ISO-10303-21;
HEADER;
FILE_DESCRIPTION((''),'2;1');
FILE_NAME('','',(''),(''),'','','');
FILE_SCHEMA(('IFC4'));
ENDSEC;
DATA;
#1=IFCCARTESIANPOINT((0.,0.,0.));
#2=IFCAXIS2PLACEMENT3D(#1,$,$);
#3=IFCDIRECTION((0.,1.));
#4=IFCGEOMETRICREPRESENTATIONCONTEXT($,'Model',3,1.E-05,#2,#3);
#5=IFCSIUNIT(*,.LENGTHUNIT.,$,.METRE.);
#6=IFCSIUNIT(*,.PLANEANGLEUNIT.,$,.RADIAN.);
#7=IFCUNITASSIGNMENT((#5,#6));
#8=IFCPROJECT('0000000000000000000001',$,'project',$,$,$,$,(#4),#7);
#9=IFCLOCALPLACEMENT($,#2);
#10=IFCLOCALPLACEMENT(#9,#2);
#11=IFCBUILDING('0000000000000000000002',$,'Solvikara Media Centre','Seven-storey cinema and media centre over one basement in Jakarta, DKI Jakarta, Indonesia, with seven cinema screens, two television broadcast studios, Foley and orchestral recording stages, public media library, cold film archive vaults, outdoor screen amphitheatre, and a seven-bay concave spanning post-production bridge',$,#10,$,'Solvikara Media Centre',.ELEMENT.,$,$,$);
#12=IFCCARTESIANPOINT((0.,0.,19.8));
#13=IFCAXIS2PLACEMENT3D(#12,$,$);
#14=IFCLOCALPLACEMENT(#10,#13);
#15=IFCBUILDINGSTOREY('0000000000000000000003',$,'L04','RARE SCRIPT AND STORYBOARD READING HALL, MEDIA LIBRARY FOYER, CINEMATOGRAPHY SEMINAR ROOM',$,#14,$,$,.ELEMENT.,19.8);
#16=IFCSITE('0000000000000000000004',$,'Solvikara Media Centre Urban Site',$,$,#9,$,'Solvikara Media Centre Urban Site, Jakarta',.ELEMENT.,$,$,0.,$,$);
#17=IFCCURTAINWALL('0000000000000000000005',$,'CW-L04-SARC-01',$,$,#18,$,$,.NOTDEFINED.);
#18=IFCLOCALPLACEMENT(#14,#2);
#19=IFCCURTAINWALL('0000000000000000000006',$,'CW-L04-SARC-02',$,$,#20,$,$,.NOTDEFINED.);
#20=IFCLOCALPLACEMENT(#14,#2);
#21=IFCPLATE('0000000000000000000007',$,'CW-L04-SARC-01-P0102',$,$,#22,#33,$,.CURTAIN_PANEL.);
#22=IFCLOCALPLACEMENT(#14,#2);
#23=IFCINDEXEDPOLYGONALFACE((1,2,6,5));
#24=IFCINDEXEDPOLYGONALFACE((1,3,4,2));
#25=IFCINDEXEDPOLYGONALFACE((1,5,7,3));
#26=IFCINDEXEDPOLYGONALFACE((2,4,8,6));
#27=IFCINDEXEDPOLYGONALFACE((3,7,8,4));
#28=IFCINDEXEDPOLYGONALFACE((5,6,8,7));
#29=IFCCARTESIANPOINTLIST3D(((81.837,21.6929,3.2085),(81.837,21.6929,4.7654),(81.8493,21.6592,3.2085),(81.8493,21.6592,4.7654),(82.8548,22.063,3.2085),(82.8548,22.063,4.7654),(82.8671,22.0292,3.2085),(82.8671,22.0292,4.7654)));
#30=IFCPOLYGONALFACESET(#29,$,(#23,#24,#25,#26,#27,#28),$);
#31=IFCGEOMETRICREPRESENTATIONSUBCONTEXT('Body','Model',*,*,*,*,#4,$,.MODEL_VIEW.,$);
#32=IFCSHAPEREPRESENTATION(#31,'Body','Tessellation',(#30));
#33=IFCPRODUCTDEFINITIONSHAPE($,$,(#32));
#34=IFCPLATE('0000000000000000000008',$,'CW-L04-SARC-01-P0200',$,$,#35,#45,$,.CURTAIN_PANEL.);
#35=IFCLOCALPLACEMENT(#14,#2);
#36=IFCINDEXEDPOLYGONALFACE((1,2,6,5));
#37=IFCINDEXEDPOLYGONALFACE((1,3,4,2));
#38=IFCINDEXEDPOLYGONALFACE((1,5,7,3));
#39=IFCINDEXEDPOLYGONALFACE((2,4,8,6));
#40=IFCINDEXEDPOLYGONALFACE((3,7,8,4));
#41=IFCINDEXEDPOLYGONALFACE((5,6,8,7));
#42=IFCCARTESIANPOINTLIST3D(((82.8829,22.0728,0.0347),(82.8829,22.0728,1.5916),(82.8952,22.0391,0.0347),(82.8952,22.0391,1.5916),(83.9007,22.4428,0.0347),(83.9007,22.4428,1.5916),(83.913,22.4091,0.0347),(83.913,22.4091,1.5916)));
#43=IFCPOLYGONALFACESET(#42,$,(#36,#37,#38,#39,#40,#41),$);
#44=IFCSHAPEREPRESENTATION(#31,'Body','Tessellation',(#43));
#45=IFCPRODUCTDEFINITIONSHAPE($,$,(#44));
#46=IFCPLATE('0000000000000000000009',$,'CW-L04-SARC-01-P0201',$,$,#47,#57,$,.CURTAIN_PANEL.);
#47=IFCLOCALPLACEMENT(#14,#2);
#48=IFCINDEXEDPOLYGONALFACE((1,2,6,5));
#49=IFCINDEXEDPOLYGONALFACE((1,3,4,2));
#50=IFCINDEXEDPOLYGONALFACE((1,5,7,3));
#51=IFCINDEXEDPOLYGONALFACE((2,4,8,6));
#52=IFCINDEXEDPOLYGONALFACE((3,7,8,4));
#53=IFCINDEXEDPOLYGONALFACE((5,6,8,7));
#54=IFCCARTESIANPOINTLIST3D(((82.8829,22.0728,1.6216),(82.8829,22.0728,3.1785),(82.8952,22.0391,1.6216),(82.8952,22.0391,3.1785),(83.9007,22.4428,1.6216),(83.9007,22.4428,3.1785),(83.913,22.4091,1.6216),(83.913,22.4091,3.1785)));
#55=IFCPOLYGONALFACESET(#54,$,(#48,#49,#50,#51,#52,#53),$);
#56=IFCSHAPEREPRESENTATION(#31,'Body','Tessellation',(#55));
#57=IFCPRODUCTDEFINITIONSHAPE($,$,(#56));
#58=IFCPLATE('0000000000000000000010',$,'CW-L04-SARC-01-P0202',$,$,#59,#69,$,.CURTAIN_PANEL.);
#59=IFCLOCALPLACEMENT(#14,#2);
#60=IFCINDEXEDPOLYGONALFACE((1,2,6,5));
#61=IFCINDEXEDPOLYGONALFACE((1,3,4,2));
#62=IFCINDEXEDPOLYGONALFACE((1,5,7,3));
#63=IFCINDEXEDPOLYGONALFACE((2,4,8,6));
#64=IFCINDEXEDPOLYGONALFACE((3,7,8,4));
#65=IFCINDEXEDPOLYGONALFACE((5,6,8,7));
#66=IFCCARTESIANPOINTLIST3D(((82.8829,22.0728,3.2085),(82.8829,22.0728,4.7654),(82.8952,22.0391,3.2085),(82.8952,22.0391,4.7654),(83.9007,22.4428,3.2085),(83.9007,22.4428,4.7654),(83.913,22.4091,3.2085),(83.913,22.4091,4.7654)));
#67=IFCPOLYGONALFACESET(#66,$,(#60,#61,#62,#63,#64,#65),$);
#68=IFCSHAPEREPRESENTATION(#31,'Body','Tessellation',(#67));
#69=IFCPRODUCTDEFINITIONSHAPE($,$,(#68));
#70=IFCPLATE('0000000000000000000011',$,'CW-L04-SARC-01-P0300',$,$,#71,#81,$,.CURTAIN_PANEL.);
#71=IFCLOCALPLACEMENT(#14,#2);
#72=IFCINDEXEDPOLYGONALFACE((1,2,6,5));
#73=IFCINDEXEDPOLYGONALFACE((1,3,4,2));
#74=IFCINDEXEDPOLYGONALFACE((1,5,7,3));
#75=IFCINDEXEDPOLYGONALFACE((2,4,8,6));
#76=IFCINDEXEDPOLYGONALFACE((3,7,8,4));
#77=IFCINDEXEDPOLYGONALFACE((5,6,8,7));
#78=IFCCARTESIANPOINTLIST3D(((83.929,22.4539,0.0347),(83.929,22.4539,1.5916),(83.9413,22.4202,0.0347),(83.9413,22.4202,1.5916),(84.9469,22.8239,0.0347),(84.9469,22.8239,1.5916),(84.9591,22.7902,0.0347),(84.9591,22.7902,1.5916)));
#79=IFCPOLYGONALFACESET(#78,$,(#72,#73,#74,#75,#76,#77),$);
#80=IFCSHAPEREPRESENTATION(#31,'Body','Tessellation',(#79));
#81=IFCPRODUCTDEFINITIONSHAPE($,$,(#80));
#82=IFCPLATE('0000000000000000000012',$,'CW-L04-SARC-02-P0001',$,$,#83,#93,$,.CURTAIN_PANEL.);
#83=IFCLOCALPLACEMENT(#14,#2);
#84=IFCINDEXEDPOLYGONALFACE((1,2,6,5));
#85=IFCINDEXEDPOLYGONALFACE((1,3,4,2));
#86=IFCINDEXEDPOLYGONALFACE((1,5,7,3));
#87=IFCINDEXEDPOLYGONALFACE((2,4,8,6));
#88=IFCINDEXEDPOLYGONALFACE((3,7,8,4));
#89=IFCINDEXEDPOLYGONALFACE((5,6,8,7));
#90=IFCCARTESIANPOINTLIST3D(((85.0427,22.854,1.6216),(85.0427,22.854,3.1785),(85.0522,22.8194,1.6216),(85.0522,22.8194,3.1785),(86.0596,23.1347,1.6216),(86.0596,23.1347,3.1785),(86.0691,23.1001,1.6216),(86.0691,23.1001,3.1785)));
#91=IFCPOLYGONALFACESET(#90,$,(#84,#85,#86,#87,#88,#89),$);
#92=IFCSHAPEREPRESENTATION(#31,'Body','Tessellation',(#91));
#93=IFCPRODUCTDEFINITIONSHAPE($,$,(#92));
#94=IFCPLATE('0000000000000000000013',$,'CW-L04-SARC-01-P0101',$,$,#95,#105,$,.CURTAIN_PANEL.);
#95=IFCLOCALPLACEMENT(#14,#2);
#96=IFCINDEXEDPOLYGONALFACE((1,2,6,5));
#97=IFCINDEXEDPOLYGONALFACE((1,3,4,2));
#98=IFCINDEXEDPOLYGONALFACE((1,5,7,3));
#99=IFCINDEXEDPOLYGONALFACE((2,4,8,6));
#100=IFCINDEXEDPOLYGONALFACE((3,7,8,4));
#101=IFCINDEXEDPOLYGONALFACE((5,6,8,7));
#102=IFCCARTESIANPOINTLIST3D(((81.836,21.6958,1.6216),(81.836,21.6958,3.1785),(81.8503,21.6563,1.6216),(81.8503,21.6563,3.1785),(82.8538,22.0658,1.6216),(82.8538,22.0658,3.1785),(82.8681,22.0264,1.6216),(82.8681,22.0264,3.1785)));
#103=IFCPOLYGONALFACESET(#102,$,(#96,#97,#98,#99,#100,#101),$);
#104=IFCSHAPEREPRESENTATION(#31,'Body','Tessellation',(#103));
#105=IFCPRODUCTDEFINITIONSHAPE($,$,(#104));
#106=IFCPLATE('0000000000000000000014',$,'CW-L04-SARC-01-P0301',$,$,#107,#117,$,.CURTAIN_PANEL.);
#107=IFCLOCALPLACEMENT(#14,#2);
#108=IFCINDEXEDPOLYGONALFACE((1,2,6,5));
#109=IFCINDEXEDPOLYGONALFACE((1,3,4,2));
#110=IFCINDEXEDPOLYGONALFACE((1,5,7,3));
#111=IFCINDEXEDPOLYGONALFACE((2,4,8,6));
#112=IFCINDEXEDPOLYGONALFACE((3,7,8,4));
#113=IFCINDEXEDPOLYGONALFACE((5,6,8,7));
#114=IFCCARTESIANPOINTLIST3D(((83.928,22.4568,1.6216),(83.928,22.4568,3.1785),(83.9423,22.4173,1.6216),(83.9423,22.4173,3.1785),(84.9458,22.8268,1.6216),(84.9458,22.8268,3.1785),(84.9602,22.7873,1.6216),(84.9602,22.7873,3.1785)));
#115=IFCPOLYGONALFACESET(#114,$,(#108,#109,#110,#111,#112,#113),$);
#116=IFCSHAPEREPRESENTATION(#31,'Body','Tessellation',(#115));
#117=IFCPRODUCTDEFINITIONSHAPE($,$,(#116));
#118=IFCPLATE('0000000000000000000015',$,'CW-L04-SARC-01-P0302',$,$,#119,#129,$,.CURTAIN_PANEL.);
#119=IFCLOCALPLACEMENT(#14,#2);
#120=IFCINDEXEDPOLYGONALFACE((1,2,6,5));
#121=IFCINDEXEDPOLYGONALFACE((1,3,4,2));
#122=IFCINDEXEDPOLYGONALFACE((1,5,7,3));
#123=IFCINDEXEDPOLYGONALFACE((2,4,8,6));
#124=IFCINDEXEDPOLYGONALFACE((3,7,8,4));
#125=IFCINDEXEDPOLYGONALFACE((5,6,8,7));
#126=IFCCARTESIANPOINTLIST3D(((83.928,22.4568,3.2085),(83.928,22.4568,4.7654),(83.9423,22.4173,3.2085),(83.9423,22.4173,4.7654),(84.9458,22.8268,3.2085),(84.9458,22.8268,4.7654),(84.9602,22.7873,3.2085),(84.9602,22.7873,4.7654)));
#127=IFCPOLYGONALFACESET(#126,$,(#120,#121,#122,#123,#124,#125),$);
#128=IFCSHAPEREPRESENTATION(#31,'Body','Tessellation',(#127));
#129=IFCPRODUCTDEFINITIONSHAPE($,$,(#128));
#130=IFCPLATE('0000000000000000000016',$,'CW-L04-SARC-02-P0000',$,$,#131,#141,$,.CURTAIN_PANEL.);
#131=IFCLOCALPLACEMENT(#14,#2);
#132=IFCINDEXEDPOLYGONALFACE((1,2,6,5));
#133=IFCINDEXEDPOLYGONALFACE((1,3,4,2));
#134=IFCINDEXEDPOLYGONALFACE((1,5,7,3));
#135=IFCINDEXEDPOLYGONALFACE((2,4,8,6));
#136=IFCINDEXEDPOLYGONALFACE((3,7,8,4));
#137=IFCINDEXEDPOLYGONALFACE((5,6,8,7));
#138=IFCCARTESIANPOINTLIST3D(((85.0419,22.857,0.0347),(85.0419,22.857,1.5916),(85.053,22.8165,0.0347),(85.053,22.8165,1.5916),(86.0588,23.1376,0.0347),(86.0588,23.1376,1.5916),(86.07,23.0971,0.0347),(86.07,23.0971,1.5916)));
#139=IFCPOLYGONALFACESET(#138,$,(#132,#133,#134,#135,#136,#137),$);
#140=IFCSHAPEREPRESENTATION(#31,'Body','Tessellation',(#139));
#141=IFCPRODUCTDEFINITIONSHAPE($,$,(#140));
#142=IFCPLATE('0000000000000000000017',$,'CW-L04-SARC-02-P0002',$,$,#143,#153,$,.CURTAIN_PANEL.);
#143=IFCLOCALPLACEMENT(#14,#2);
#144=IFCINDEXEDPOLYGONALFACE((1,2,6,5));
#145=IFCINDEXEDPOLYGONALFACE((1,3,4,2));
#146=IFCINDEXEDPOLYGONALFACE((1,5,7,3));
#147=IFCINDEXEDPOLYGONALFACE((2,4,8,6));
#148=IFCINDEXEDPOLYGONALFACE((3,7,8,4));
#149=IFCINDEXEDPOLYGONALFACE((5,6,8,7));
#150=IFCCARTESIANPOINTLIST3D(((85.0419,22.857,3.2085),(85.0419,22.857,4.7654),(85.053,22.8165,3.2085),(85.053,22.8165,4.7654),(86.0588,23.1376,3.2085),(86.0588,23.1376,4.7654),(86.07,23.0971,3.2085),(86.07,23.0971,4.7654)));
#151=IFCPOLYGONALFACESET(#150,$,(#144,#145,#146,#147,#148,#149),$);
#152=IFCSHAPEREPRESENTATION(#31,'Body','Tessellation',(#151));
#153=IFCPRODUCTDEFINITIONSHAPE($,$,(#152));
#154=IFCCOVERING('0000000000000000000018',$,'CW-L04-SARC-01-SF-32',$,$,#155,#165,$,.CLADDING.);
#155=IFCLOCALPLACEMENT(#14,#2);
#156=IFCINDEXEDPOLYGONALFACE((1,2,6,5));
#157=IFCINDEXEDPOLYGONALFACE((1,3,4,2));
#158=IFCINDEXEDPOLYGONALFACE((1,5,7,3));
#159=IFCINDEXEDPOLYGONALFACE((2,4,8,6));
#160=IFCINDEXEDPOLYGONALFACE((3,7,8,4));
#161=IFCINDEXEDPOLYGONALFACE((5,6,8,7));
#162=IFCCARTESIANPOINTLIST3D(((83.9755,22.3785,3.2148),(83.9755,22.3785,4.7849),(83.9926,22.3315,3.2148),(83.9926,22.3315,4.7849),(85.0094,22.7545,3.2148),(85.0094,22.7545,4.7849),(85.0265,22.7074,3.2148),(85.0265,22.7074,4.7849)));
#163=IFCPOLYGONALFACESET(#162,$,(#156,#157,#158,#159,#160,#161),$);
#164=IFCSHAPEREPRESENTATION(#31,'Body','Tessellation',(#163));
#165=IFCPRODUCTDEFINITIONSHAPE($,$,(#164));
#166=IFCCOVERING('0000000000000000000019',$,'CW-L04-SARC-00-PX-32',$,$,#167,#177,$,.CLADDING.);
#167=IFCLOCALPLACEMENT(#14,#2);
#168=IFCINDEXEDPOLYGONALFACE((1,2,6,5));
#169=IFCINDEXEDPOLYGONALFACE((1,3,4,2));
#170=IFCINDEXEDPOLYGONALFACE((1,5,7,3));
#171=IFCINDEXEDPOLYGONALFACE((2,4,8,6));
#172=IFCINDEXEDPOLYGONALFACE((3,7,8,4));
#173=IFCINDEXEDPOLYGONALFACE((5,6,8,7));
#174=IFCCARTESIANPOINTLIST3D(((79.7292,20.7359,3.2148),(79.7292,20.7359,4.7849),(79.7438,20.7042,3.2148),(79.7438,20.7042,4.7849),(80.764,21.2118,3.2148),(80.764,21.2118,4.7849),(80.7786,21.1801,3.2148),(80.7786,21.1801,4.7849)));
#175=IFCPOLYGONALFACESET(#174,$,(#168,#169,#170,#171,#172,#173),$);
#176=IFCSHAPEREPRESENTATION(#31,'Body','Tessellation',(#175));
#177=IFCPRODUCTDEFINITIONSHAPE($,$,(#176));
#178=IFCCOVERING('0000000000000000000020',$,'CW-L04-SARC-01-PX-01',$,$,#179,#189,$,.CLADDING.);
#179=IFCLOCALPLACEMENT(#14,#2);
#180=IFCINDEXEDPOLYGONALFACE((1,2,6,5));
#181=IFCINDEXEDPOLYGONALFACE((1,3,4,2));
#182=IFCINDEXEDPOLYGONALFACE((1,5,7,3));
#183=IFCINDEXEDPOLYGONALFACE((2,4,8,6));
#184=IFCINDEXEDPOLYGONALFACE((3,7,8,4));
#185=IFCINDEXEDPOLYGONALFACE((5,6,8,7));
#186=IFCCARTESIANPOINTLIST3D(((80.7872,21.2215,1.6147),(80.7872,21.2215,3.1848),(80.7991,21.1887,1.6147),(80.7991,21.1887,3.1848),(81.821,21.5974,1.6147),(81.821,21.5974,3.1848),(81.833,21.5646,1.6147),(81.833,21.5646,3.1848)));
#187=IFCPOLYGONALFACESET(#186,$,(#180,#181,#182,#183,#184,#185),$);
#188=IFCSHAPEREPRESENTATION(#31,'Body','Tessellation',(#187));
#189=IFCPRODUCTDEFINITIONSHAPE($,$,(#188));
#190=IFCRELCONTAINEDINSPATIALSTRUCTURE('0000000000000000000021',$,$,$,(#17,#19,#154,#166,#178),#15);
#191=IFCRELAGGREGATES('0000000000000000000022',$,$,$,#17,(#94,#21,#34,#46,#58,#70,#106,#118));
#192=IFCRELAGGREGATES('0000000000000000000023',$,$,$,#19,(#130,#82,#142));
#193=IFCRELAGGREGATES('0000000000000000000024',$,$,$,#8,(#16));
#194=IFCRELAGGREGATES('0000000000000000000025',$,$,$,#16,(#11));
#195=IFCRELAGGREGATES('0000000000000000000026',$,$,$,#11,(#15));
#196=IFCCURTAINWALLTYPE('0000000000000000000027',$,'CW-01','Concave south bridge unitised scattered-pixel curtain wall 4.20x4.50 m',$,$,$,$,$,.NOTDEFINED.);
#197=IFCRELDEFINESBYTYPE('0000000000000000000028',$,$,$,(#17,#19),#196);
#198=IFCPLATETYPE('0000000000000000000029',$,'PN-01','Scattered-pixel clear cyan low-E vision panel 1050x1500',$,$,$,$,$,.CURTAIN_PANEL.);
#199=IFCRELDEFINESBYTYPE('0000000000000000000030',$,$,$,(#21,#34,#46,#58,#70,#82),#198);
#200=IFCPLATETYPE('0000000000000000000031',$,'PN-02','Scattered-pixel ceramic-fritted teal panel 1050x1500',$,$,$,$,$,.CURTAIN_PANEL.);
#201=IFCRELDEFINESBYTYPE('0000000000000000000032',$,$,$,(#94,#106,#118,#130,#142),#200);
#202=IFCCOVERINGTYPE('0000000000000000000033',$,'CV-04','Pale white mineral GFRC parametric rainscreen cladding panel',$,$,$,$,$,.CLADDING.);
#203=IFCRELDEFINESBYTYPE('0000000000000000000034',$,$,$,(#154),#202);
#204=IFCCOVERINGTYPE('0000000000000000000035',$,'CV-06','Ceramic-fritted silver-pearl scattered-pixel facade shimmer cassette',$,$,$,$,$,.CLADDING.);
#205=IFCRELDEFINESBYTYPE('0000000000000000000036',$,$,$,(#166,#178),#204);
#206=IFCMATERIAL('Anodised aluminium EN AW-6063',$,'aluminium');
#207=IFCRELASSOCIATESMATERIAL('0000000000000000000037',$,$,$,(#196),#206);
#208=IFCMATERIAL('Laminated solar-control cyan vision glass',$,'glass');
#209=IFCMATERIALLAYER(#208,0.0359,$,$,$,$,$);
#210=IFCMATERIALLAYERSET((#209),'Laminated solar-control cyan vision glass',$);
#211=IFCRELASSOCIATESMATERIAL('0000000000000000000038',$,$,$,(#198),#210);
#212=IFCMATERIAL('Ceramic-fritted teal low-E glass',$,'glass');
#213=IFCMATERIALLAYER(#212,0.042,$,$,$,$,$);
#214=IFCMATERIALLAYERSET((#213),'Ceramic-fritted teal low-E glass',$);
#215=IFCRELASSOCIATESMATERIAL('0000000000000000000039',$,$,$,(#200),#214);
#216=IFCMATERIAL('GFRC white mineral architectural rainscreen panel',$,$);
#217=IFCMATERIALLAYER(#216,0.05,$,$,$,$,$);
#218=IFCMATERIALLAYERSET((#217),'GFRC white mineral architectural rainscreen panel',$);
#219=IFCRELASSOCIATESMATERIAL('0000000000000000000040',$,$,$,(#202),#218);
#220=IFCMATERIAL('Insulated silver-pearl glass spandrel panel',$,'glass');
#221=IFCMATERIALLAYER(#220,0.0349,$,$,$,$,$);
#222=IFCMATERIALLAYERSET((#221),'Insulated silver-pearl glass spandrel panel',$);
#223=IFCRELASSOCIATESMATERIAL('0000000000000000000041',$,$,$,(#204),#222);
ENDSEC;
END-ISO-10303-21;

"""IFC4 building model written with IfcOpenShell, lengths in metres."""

from ifc_helpers import new_model, si_unit, direction, frame, origin, origin_2d, place, context, subcontext, project, spatial, rectangle, extrude, material, layer, layer_set, type_object, element, aggregate, save


model = new_model("IFC4")

# Units and contexts
model_context = context("Model", 3, precision=1e-05, world=origin(), true_north=direction((0.0, 1.0)))
body_context = subcontext(model_context, "Body", "Model", "MODEL_VIEW")
ifc_project = project(units=[si_unit("LENGTHUNIT", "METRE"), si_unit("PLANEANGLEUNIT", "RADIAN")], contexts=[model_context])

# Site, building, storey
site_placement = place(None, origin())
site = spatial("IfcSite", under=ifc_project, at=site_placement, Name="Solvikara Media Centre Urban Site", LongName="Solvikara Media Centre Urban Site, Jakarta", CompositionType="ELEMENT", RefElevation=0.0)
building_placement = place(site_placement, origin())
building = spatial("IfcBuilding", under=site, at=building_placement, Name="Solvikara Media Centre", Description="Seven-storey cinema and media centre over one basement in Jakarta, DKI Jakarta, Indonesia, with seven cinema screens, two television broadcast studios, Foley and orchestral recording stages, public media library, cold film archive vaults, outdoor screen amphitheatre, and a seven-bay concave spanning post-production bridge", LongName="Solvikara Media Centre", CompositionType="ELEMENT")
storey_placement = place(building_placement, frame((0.0, 0.0, 19.8)))
storey = spatial("IfcBuildingStorey", under=building, at=storey_placement, Name="L04", Description="RARE SCRIPT AND STORYBOARD READING HALL, MEDIA LIBRARY FOYER, CINEMATOGRAPHY SEMINAR ROOM", CompositionType="ELEMENT", Elevation=19.8)

# Curtain walls
ifc_material_1 = material(Name="Anodised aluminium EN AW-6063", Category="aluminium")
curtain_wall_type = type_object("IfcCurtainWallType", Name="CW-01", Description="Concave south bridge unitised scattered-pixel curtain wall 4.20x4.50 m", PredefinedType="NOTDEFINED", material=ifc_material_1)
curtain_wall_1_placement = place(storey_placement, origin())
curtain_wall_1 = element("IfcCurtainWall", 1, at=curtain_wall_1_placement, inside=storey, type_object=curtain_wall_type, Name="CW-L04-SARC-01", PredefinedType="NOTDEFINED")
curtain_wall_2_placement = place(storey_placement, origin())
curtain_wall_2 = element("IfcCurtainWall", 2, at=curtain_wall_2_placement, inside=storey, type_object=curtain_wall_type, Name="CW-L04-SARC-02", PredefinedType="NOTDEFINED")

# Plates
ifc_material_2 = material(Name="Laminated solar-control cyan vision glass", Category="glass")
ifc_layer_1 = layer(ifc_material_2, 0.0359)
ifc_layer_set_1 = layer_set([ifc_layer_1], Name="Laminated solar-control cyan vision glass")
plate_type_1 = type_object("IfcPlateType", Name="PN-01", Description="Scattered-pixel clear cyan low-E vision panel 1050x1500", PredefinedType="CURTAIN_PANEL", material=ifc_layer_set_1)
plate_1_placement = place(storey_placement, frame((82.3521, 21.8611, 3.2085), z_axis=(0.0, 0.0, 1.0), x_axis=(0.939824, 0.341659, 0.0)))
plate_1 = element("IfcPlate", 3, at=plate_1_placement, type_object=plate_type_1, Name="CW-L04-SARC-01-P0102", PredefinedType="CURTAIN_PANEL", context=body_context, shape_type="SweptSolid", body=[
    extrude(rectangle(XDim=1.083, YDim=0.0359, at=origin_2d()), origin(), (0.0, 0.0, 1.0), 1.5569),
])
plate_2_placement = place(storey_placement, frame((83.3979, 22.241, 0.0347), z_axis=(0.0, 0.0, 1.0), x_axis=(0.939824, 0.341659, 0.0)))
plate_2 = element("IfcPlate", 4, at=plate_2_placement, type_object=plate_type_1, Name="CW-L04-SARC-01-P0200", PredefinedType="CURTAIN_PANEL", context=body_context, shape_type="SweptSolid", body=[
    extrude(rectangle(XDim=1.083, YDim=0.0359, at=origin_2d()), origin(), (0.0, 0.0, 1.0), 1.5569),
])
plate_3_placement = place(storey_placement, frame((83.3979, 22.241, 1.6216), z_axis=(0.0, 0.0, 1.0), x_axis=(0.939824, 0.341659, 0.0)))
plate_3 = element("IfcPlate", 5, at=plate_3_placement, type_object=plate_type_1, Name="CW-L04-SARC-01-P0201", PredefinedType="CURTAIN_PANEL", context=body_context, shape_type="SweptSolid", body=[
    extrude(rectangle(XDim=1.083, YDim=0.0359, at=origin_2d()), origin(), (0.0, 0.0, 1.0), 1.5569),
])
plate_4_placement = place(storey_placement, frame((83.3979, 22.241, 3.2085), z_axis=(0.0, 0.0, 1.0), x_axis=(0.939824, 0.341659, 0.0)))
plate_4 = element("IfcPlate", 6, at=plate_4_placement, type_object=plate_type_1, Name="CW-L04-SARC-01-P0202", PredefinedType="CURTAIN_PANEL", context=body_context, shape_type="SweptSolid", body=[
    extrude(rectangle(XDim=1.083, YDim=0.0359, at=origin_2d()), origin(), (0.0, 0.0, 1.0), 1.5569),
])
plate_5_placement = place(storey_placement, frame((84.4441, 22.6221, 0.0347), z_axis=(0.0, 0.0, 1.0), x_axis=(0.939824, 0.341659, 0.0)))
plate_5 = element("IfcPlate", 7, at=plate_5_placement, type_object=plate_type_1, Name="CW-L04-SARC-01-P0300", PredefinedType="CURTAIN_PANEL", context=body_context, shape_type="SweptSolid", body=[
    extrude(rectangle(XDim=1.083, YDim=0.0359, at=origin_2d()), origin(), (0.0, 0.0, 1.0), 1.5569),
])
plate_6_placement = place(storey_placement, frame((85.5559, 22.9771, 1.6216), z_axis=(0.0, 0.0, 1.0), x_axis=(0.96397, 0.26601, 0.0)))
plate_6 = element("IfcPlate", 8, at=plate_6_placement, type_object=plate_type_1, Name="CW-L04-SARC-02-P0001", PredefinedType="CURTAIN_PANEL", context=body_context, shape_type="SweptSolid", body=[
    extrude(rectangle(XDim=1.0549, YDim=0.0359, at=origin_2d()), origin(), (0.0, 0.0, 1.0), 1.5569),
])
ifc_material_3 = material(Name="Ceramic-fritted teal low-E glass", Category="glass")
ifc_layer_2 = layer(ifc_material_3, 0.042)
ifc_layer_set_2 = layer_set([ifc_layer_2], Name="Ceramic-fritted teal low-E glass")
plate_type_2 = type_object("IfcPlateType", Name="PN-02", Description="Scattered-pixel ceramic-fritted teal panel 1050x1500", PredefinedType="CURTAIN_PANEL", material=ifc_layer_set_2)
plate_7_placement = place(storey_placement, frame((82.3521, 21.8611, 1.6216), z_axis=(0.0, 0.0, 1.0), x_axis=(0.939824, 0.341659, 0.0)))
plate_7 = element("IfcPlate", 9, at=plate_7_placement, type_object=plate_type_2, Name="CW-L04-SARC-01-P0101", PredefinedType="CURTAIN_PANEL", context=body_context, shape_type="SweptSolid", body=[
    extrude(rectangle(XDim=1.083, YDim=0.042, at=origin_2d()), origin(), (0.0, 0.0, 1.0), 1.5569),
])
plate_8_placement = place(storey_placement, frame((84.4441, 22.6221, 1.6216), z_axis=(0.0, 0.0, 1.0), x_axis=(0.939824, 0.341659, 0.0)))
plate_8 = element("IfcPlate", 10, at=plate_8_placement, type_object=plate_type_2, Name="CW-L04-SARC-01-P0301", PredefinedType="CURTAIN_PANEL", context=body_context, shape_type="SweptSolid", body=[
    extrude(rectangle(XDim=1.083, YDim=0.042, at=origin_2d()), origin(), (0.0, 0.0, 1.0), 1.5569),
])
plate_9_placement = place(storey_placement, frame((84.4441, 22.6221, 3.2085), z_axis=(0.0, 0.0, 1.0), x_axis=(0.939824, 0.341659, 0.0)))
plate_9 = element("IfcPlate", 11, at=plate_9_placement, type_object=plate_type_2, Name="CW-L04-SARC-01-P0302", PredefinedType="CURTAIN_PANEL", context=body_context, shape_type="SweptSolid", body=[
    extrude(rectangle(XDim=1.083, YDim=0.042, at=origin_2d()), origin(), (0.0, 0.0, 1.0), 1.5569),
])
aggregate(curtain_wall_1, [plate_7, plate_1, plate_2, plate_3, plate_4, plate_5, plate_8, plate_9])
plate_10_placement = place(storey_placement, frame((85.5559, 22.9771, 0.0347), z_axis=(0.0, 0.0, 1.0), x_axis=(0.96397, 0.26601, 0.0)))
plate_10 = element("IfcPlate", 12, at=plate_10_placement, type_object=plate_type_2, Name="CW-L04-SARC-02-P0000", PredefinedType="CURTAIN_PANEL", context=body_context, shape_type="SweptSolid", body=[
    extrude(rectangle(XDim=1.0549, YDim=0.042, at=origin_2d()), origin(), (0.0, 0.0, 1.0), 1.5569),
])
plate_11_placement = place(storey_placement, frame((85.5559, 22.9771, 3.2085), z_axis=(0.0, 0.0, 1.0), x_axis=(0.96397, 0.26601, 0.0)))
plate_11 = element("IfcPlate", 13, at=plate_11_placement, type_object=plate_type_2, Name="CW-L04-SARC-02-P0002", PredefinedType="CURTAIN_PANEL", context=body_context, shape_type="SweptSolid", body=[
    extrude(rectangle(XDim=1.0549, YDim=0.042, at=origin_2d()), origin(), (0.0, 0.0, 1.0), 1.5569),
])
aggregate(curtain_wall_2, [plate_10, plate_6, plate_11])

# Coverings
ifc_material_4 = material(Name="GFRC white mineral architectural rainscreen panel")
ifc_layer_3 = layer(ifc_material_4, 0.05)
ifc_layer_set_3 = layer_set([ifc_layer_3], Name="GFRC white mineral architectural rainscreen panel")
covering_type_1 = type_object("IfcCoveringType", Name="CV-04", Description="Pale white mineral GFRC parametric rainscreen cladding panel", PredefinedType="CLADDING", material=ifc_layer_set_3)
covering_1_placement = place(storey_placement, frame((84.501, 22.543, 3.2148), z_axis=(0.0, 0.0, 1.0), x_axis=(0.939794, 0.341741, 0.0)))
element("IfcCovering", 14, at=covering_1_placement, inside=storey, type_object=covering_type_1, Name="CW-L04-SARC-01-SF-32", PredefinedType="CLADDING", context=body_context, shape_type="SweptSolid", body=[
    extrude(rectangle(XDim=1.1001, YDim=0.05, at=origin_2d()), origin(), (0.0, 0.0, 1.0), 1.5701),
])
ifc_material_5 = material(Name="Insulated silver-pearl glass spandrel panel", Category="glass")
ifc_layer_4 = layer(ifc_material_5, 0.0349)
ifc_layer_set_4 = layer_set([ifc_layer_4], Name="Insulated silver-pearl glass spandrel panel")
covering_type_2 = type_object("IfcCoveringType", Name="CV-06", Description="Ceramic-fritted silver-pearl scattered-pixel facade shimmer cassette", PredefinedType="CLADDING", material=ifc_layer_set_4)
covering_2_placement = place(storey_placement, frame((80.2539, 20.958, 3.2148), z_axis=(0.0, 0.0, 1.0), x_axis=(0.908523, 0.417835, 0.0)))
element("IfcCovering", 15, at=covering_2_placement, inside=storey, type_object=covering_type_2, Name="CW-L04-SARC-00-PX-32", PredefinedType="CLADDING", context=body_context, shape_type="SweptSolid", body=[
    extrude(rectangle(XDim=1.1389, YDim=0.0349, at=origin_2d()), origin(), (0.0, 0.0, 1.0), 1.5701),
])
covering_3_placement = place(storey_placement, frame((81.3101, 21.3931, 1.6147), z_axis=(0.0, 0.0, 1.0), x_axis=(0.939794, 0.341741, 0.0)))
element("IfcCovering", 16, at=covering_3_placement, inside=storey, type_object=covering_type_2, Name="CW-L04-SARC-01-PX-01", PredefinedType="CLADDING", context=body_context, shape_type="SweptSolid", body=[
    extrude(rectangle(XDim=1.1001, YDim=0.0349, at=origin_2d()), origin(), (0.0, 0.0, 1.0), 1.5701),
])

save(model, "model.ifc")
